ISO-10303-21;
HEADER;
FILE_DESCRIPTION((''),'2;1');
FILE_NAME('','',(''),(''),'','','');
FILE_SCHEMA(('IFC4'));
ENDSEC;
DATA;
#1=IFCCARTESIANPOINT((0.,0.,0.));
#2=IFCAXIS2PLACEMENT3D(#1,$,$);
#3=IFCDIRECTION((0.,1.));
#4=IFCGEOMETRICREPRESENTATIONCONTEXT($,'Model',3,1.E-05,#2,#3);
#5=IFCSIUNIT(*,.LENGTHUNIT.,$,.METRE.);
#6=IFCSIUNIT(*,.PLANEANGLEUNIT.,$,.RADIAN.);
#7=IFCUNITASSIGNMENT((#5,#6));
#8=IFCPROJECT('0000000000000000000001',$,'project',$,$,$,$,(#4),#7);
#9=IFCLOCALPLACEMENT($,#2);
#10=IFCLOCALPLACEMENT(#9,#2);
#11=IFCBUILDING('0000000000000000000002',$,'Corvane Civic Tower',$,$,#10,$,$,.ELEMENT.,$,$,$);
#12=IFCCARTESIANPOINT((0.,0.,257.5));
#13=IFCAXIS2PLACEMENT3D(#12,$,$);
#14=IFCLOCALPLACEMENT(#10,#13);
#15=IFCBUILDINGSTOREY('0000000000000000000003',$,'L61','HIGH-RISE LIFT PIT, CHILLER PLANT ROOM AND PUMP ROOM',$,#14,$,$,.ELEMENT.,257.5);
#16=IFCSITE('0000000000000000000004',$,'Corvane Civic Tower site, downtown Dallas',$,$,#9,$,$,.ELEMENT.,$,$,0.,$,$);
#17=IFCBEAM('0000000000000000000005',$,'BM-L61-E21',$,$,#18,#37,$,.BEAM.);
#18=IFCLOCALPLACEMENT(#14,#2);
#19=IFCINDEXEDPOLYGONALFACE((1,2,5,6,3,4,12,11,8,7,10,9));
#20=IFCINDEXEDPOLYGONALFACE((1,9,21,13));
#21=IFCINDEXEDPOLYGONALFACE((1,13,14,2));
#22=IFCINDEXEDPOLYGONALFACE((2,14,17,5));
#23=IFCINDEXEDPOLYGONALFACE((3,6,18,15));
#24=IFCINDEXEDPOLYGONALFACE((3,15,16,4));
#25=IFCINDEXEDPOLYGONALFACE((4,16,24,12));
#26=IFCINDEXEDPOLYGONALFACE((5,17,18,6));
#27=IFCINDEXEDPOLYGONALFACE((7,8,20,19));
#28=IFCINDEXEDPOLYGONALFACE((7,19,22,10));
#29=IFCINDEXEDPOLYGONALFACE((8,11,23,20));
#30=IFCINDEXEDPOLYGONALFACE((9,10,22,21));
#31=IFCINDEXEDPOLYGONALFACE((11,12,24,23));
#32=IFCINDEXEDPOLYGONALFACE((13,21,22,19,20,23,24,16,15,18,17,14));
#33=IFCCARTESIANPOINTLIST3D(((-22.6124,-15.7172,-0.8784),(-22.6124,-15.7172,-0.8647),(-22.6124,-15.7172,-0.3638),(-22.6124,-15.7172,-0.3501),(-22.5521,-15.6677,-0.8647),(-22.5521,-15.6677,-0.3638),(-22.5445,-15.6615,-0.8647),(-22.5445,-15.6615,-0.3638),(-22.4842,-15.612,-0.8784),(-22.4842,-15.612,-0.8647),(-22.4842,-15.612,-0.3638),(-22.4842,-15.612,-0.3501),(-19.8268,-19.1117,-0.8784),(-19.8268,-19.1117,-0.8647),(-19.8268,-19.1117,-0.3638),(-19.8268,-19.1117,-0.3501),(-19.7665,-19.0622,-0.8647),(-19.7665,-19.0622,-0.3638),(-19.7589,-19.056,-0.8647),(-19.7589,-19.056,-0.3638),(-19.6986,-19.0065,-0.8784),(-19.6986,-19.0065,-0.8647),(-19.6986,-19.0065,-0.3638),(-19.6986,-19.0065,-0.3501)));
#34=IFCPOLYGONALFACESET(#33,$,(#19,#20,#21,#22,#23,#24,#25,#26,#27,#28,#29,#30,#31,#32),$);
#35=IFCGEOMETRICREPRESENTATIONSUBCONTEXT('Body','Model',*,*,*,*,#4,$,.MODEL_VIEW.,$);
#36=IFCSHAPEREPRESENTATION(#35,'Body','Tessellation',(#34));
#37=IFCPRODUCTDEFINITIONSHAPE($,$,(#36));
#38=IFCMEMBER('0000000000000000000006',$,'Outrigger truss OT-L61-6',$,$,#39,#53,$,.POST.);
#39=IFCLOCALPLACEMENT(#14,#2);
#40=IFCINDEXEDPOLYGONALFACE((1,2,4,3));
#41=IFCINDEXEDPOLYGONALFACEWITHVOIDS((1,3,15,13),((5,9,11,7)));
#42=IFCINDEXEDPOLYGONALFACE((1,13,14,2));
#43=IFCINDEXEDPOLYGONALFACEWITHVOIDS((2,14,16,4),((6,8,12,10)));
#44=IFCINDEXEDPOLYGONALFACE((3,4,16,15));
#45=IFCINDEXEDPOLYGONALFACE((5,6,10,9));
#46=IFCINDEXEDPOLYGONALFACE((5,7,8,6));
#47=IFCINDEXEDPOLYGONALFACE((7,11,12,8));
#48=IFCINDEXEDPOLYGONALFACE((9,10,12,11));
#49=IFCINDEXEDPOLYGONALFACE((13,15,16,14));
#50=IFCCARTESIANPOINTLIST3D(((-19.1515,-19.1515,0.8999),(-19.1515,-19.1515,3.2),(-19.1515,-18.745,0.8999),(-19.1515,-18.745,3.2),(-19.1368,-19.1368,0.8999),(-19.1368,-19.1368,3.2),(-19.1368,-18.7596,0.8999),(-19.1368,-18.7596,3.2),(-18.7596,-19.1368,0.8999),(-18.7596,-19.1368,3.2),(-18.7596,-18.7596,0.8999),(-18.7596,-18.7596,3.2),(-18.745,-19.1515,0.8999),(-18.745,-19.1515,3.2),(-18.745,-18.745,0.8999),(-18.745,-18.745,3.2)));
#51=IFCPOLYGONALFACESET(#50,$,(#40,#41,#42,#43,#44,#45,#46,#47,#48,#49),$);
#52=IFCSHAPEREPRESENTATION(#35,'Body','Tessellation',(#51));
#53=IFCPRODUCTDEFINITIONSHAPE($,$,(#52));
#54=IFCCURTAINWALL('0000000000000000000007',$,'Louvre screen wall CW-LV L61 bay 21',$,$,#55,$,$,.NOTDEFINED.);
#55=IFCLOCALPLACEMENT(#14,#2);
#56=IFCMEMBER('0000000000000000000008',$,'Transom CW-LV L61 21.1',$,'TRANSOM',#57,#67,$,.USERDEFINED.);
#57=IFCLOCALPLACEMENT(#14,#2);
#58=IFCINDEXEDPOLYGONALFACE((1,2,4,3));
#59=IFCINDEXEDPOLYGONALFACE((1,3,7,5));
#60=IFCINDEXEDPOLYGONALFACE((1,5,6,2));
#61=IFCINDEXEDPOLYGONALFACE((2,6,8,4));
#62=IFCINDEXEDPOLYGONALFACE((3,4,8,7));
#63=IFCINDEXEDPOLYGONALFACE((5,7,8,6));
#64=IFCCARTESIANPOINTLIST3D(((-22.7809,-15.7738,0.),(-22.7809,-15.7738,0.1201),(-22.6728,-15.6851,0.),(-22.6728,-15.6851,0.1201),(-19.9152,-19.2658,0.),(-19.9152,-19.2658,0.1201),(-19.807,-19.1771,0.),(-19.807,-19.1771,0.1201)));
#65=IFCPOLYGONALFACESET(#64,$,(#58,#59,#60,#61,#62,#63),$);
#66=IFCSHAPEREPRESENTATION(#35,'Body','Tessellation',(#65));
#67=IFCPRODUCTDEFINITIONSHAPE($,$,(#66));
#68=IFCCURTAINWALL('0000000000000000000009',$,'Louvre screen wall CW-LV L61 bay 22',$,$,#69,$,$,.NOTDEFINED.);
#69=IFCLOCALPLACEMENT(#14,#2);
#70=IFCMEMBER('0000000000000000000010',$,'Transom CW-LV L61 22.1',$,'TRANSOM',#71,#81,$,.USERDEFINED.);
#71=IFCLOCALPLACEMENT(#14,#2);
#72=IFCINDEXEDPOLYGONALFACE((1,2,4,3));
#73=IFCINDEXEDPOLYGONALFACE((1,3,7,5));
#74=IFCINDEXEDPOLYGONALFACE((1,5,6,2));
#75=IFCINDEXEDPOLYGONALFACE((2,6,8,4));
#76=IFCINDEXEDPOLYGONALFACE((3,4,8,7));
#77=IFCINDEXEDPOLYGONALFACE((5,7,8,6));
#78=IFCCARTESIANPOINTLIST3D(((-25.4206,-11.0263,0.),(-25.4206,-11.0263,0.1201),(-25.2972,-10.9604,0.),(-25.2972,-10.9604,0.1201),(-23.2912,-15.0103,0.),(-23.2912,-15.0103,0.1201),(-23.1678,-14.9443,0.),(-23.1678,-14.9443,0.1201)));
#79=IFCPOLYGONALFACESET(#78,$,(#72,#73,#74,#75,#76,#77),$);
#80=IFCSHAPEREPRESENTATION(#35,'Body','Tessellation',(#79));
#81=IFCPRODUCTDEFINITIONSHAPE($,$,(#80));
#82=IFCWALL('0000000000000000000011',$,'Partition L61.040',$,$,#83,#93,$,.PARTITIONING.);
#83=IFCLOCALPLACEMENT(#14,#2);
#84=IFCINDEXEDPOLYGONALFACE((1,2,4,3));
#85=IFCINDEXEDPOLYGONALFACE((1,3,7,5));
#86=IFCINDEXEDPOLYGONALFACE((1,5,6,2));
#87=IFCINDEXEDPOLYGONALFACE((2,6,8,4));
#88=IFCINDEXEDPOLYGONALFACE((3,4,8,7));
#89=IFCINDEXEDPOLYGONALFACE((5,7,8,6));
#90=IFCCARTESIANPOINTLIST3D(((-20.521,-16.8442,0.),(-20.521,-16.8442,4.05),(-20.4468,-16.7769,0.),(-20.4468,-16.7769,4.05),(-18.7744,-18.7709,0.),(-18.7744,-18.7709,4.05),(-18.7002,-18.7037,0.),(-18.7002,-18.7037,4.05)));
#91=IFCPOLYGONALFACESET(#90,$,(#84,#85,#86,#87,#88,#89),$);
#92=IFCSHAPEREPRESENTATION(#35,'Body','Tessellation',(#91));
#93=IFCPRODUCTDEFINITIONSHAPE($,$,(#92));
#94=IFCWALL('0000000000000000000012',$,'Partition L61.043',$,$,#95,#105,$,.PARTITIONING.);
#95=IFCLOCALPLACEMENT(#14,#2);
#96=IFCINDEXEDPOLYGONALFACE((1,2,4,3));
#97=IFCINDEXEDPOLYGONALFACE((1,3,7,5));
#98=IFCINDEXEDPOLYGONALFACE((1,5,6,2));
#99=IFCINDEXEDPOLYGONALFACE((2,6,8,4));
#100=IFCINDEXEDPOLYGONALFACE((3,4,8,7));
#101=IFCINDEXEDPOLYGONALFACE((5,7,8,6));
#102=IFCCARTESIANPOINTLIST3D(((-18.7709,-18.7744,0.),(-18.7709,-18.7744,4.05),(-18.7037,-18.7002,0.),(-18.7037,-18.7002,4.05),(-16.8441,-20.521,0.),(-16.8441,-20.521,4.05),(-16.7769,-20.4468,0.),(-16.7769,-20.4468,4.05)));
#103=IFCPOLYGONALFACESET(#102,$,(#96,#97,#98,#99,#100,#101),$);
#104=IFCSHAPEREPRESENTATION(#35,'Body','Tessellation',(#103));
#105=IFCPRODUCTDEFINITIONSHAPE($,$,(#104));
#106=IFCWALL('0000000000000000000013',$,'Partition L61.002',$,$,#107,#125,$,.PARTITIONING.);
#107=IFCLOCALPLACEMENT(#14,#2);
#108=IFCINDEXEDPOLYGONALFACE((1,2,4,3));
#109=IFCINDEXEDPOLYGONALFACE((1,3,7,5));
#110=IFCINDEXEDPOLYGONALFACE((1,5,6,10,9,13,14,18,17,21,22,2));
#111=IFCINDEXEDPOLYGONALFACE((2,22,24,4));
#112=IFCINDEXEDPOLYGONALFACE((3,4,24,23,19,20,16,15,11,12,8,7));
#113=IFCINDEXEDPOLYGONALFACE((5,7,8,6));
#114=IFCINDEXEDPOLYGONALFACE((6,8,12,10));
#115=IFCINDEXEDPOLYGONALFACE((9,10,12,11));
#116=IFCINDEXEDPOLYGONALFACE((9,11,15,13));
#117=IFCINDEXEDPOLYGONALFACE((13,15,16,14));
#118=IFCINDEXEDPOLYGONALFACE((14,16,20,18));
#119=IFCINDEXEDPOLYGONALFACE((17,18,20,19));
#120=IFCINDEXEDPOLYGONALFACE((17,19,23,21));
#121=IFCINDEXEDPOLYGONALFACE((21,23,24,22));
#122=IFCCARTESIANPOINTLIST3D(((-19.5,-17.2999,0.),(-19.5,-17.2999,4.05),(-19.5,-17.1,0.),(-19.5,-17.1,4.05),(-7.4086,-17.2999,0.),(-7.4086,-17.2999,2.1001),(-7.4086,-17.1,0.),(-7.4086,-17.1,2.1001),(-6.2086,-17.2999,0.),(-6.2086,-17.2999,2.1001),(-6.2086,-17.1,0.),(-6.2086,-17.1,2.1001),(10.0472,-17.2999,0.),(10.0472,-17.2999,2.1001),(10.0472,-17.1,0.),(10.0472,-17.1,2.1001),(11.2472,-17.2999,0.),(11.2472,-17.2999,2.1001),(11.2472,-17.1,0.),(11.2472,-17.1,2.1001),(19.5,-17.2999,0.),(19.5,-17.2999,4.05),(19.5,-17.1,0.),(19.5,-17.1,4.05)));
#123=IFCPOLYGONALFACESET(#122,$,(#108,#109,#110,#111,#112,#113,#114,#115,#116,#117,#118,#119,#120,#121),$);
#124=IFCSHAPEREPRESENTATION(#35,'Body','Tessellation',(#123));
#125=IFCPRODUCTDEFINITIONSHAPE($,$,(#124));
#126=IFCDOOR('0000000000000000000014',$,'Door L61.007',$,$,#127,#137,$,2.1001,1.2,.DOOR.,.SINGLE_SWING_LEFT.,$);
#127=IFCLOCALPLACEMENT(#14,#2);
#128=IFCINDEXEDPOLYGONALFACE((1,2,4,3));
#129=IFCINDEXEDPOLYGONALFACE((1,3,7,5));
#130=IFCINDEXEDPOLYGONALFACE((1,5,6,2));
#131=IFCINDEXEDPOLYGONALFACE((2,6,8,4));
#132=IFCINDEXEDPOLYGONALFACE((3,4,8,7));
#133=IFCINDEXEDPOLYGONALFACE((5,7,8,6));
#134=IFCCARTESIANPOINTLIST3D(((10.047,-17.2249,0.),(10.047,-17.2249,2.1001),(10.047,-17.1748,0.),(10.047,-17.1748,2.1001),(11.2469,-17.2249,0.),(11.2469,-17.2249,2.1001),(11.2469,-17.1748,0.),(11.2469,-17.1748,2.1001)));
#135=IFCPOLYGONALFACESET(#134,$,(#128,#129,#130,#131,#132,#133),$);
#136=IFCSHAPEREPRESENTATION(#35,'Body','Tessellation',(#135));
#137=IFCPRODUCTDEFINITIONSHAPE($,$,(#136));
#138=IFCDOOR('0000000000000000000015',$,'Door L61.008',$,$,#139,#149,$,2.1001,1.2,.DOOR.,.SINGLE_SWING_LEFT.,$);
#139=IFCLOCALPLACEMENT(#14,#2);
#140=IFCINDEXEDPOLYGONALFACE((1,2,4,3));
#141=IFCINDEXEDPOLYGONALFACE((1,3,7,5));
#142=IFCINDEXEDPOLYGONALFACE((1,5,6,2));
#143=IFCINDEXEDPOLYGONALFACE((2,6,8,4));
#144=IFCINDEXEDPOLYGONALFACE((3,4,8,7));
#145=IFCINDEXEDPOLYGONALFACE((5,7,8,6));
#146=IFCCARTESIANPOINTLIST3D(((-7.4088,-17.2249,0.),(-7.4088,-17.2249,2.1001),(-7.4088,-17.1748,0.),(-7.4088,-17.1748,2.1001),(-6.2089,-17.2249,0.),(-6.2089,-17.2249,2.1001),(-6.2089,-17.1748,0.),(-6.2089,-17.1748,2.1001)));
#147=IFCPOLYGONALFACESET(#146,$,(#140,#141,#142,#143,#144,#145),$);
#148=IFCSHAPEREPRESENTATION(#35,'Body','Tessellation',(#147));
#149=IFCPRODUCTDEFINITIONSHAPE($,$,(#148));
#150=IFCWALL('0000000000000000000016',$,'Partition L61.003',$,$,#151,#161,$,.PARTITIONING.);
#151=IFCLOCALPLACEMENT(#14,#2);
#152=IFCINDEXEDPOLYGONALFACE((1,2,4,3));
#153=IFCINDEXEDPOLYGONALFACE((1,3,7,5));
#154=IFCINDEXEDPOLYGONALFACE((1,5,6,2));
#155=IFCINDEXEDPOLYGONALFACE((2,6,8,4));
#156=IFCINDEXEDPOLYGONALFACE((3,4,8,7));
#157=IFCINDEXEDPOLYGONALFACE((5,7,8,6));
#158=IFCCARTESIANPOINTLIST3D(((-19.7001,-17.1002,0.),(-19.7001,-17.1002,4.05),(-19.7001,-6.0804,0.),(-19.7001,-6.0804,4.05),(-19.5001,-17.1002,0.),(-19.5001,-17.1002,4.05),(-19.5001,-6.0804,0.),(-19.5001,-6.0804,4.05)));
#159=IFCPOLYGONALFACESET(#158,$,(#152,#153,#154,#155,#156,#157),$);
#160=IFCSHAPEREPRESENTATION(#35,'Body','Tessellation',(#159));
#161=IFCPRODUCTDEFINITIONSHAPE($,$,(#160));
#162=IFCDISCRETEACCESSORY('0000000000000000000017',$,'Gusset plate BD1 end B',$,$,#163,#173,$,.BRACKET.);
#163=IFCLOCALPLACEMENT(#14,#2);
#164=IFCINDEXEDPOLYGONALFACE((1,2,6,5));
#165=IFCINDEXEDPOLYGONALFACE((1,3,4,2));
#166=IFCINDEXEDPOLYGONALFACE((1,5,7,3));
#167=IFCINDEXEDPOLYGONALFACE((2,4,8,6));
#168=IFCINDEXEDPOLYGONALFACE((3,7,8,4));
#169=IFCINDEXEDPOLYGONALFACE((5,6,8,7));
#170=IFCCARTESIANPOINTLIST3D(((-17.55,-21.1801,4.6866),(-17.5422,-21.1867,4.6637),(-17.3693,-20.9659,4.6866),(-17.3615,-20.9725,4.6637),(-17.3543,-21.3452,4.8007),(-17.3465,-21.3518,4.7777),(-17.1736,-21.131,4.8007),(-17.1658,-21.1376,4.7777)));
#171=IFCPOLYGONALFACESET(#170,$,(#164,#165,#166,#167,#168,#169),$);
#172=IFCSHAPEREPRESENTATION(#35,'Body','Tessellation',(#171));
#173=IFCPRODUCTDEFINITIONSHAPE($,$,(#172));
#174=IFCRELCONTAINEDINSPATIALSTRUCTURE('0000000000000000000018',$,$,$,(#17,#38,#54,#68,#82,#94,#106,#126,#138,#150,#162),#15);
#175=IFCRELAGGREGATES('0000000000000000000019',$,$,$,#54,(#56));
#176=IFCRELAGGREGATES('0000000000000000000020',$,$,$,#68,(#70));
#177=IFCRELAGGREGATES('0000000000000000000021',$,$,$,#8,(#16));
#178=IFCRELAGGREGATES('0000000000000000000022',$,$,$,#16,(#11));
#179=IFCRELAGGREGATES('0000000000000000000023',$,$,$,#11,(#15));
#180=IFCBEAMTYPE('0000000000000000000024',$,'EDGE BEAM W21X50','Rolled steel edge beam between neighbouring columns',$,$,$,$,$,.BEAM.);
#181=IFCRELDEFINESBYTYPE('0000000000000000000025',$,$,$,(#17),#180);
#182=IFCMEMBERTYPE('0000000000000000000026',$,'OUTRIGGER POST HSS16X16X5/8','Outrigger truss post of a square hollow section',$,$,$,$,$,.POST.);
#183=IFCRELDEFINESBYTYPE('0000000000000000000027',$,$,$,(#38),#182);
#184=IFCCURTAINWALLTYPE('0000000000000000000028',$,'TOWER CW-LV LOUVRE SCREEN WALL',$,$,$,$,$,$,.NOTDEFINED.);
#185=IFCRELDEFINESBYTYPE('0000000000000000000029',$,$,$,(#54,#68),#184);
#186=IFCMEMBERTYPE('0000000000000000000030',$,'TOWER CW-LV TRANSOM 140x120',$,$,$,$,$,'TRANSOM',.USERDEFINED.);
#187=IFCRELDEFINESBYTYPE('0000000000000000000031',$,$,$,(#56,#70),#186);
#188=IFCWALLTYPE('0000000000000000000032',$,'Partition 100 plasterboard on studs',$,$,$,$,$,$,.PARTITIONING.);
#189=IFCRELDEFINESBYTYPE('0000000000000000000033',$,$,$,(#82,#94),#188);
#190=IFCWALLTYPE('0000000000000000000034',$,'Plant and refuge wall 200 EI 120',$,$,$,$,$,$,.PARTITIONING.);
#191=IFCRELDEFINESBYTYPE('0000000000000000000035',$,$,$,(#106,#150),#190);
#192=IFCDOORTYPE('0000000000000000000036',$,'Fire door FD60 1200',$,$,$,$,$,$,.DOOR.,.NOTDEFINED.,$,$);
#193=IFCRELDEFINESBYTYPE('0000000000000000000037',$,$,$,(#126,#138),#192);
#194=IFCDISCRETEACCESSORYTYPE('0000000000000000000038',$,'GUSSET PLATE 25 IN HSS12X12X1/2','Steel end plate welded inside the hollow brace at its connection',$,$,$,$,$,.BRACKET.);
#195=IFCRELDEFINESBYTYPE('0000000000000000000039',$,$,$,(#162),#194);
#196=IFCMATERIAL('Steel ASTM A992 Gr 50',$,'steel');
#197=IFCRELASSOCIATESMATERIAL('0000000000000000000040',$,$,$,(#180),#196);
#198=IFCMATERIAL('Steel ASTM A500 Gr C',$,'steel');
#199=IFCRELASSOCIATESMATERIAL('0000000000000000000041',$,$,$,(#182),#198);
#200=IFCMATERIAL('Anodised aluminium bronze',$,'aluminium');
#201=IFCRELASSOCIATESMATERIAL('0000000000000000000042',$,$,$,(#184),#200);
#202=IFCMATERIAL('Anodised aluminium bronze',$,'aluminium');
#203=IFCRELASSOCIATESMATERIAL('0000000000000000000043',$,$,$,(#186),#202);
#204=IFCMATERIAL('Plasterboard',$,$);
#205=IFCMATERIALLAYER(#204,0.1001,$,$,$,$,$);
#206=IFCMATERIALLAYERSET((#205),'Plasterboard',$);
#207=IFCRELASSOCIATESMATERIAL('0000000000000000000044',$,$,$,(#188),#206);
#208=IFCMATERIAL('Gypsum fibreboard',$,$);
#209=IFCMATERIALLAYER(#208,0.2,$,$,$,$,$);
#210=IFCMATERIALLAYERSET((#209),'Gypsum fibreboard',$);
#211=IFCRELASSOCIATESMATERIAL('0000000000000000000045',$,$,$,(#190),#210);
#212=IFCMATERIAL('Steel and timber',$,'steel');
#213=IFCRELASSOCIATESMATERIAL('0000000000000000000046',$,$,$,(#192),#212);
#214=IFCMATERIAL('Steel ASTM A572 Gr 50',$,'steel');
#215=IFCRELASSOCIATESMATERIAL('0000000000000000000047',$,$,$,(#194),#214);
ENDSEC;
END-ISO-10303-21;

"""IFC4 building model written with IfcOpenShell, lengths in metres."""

from ifc_helpers import new_model, si_unit, direction, frame, frame_2d, origin, origin_2d, place, context, subcontext, project, spatial, rectangle, hollow_rectangle, i_section, extrude, material, layer, layer_set, material_profile, profile_set, type_object, element, fill, aggregate, save


model = new_model("IFC4")

# Units and contexts
model_context = context("Model", 3, precision=1e-05, world=origin(), true_north=direction((0.0, 1.0)))
body_context = subcontext(model_context, "Body", "Model", "MODEL_VIEW")
ifc_project = project(units=[si_unit("LENGTHUNIT", "METRE"), si_unit("PLANEANGLEUNIT", "RADIAN")], contexts=[model_context])

# Site, building, storey
site_placement = place(None, origin())
site = spatial("IfcSite", under=ifc_project, at=site_placement, Name="Corvane Civic Tower site, downtown Dallas", CompositionType="ELEMENT", RefElevation=0.0)
building_placement = place(site_placement, origin())
building = spatial("IfcBuilding", under=site, at=building_placement, Name="Corvane Civic Tower", CompositionType="ELEMENT")
storey_placement = place(building_placement, frame((0.0, 0.0, 257.5)))
storey = spatial("IfcBuildingStorey", under=building, at=storey_placement, Name="L61", Description="HIGH-RISE LIFT PIT, CHILLER PLANT ROOM AND PUMP ROOM", CompositionType="ELEMENT", Elevation=257.5)

# Beam
ifc_material_1 = material(Name="Steel ASTM A992 Gr 50", Category="steel")
ifc_material_profile_1 = material_profile(ifc_material_1, i_section(OverallWidth=0.1658, OverallDepth=0.5283, WebThickness=0.0098, FlangeThickness=0.0137, at=origin_2d()), Name="W21X50")
ifc_profile_set_1 = profile_set([ifc_material_profile_1], Name="Steel ASTM A992 Gr 50")
beam_type = type_object("IfcBeamType", Name="EDGE BEAM W21X50", Description="Rolled steel edge beam between neighbouring columns", PredefinedType="BEAM", material=ifc_profile_set_1)
beam_placement = place(storey_placement, frame((-19.7627, -19.0591, -0.6143), z_axis=(-0.634369, 0.77303, 0.0), x_axis=(-0.77303, -0.634369, 0.0)))
element("IfcBeam", 1, at=beam_placement, inside=storey, type_object=beam_type, Name="BM-L61-E21", PredefinedType="BEAM", context=body_context, shape_type="SweptSolid", body=[
    extrude(i_section(OverallWidth=0.1658, OverallDepth=0.5283, WebThickness=0.0098, FlangeThickness=0.0137, at=origin_2d()), origin(), (0.0, 0.0, 1.0), 4.3911),
])

# Member
ifc_material_2 = material(Name="Steel ASTM A500 Gr C", Category="steel")
ifc_material_profile_2 = material_profile(ifc_material_2, hollow_rectangle(XDim=0.4065, YDim=0.4065, WallThickness=0.0146, at=origin_2d()), Name="HSS16X16X5/8")
ifc_profile_set_2 = profile_set([ifc_material_profile_2], Name="Steel ASTM A500 Gr C")
member_type_1 = type_object("IfcMemberType", Name="OUTRIGGER POST HSS16X16X5/8", Description="Outrigger truss post of a square hollow section", PredefinedType="POST", material=ifc_profile_set_2)
member_1_placement = place(storey_placement, frame((-18.9482, -18.9482, 0.8999), z_axis=(0.0, 0.0, 1.0), x_axis=(1.0, 0.0, 0.0)))
element("IfcMember", 2, at=member_1_placement, inside=storey, type_object=member_type_1, Name="Outrigger truss OT-L61-6", PredefinedType="POST", context=body_context, shape_type="SweptSolid", body=[
    extrude(hollow_rectangle(XDim=0.4065, YDim=0.4065, WallThickness=0.0146, at=origin_2d()), origin(), (0.0, 0.0, 1.0), 2.3),
])

# Curtain walls, members
ifc_material_3 = material(Name="Anodised aluminium bronze", Category="aluminium")
curtain_wall_type = type_object("IfcCurtainWallType", Name="TOWER CW-LV LOUVRE SCREEN WALL", PredefinedType="NOTDEFINED", material=ifc_material_3)
curtain_wall_1_placement = place(storey_placement, origin())
curtain_wall_1 = element("IfcCurtainWall", 3, at=curtain_wall_1_placement, inside=storey, type_object=curtain_wall_type, Name="Louvre screen wall CW-LV L61 bay 21", PredefinedType="NOTDEFINED")
ifc_material_4 = material(Name="Anodised aluminium bronze", Category="aluminium")
ifc_material_profile_3 = material_profile(ifc_material_4, rectangle(XDim=0.1399, YDim=0.1201, at=origin_2d()), Name="TOWER CW-LV TRANSOM 140x120")
ifc_profile_set_3 = profile_set([ifc_material_profile_3], Name="Anodised aluminium bronze")
member_type_2 = type_object("IfcMemberType", Name="TOWER CW-LV TRANSOM 140x120", ElementType="TRANSOM", PredefinedType="USERDEFINED", material=ifc_profile_set_3)
member_2_placement = place(storey_placement, frame((-19.8611, -19.2214, 0.0601), z_axis=(-0.634388, 0.773015, 0.0), x_axis=(-0.773015, -0.634388, 0.0)))
member_2 = element("IfcMember", 4, at=member_2_placement, type_object=member_type_2, Name="Transom CW-LV L61 21.1", ObjectType="TRANSOM", PredefinedType="USERDEFINED", context=body_context, shape_type="SweptSolid", body=[
    extrude(rectangle(XDim=0.1399, YDim=0.1201, at=origin_2d()), origin(), (0.0, 0.0, 1.0), 4.5173),
])
curtain_wall_2_placement = place(storey_placement, origin())
curtain_wall_2 = element("IfcCurtainWall", 5, at=curtain_wall_2_placement, inside=storey, type_object=curtain_wall_type, Name="Louvre screen wall CW-LV L61 bay 22", PredefinedType="NOTDEFINED")
member_3_placement = place(storey_placement, frame((-23.2295, -14.9773, 0.0601), z_axis=(-0.47139, 0.881925, 0.0), x_axis=(-0.881925, -0.47139, 0.0)))
member_3 = element("IfcMember", 6, at=member_3_placement, type_object=member_type_2, Name="Transom CW-LV L61 22.1", ObjectType="TRANSOM", PredefinedType="USERDEFINED", context=body_context, shape_type="SweptSolid", body=[
    extrude(rectangle(XDim=0.1399, YDim=0.1201, at=origin_2d()), origin(), (0.0, 0.0, 1.0), 4.5173),
])

# Walls
ifc_material_5 = material(Name="Plasterboard")
ifc_layer_1 = layer(ifc_material_5, 0.1001)
ifc_layer_set_1 = layer_set([ifc_layer_1], Name="Plasterboard")
wall_type_1 = type_object("IfcWallType", Name="Partition 100 plasterboard on studs", PredefinedType="PARTITIONING", material=ifc_layer_set_1)
for number, where, z_axis, x_axis, name in (
    (7, (-20.4839, -16.8105, 0.0), (0.0, 0.0, 1.0), (0.671616, -0.740899, 0.0), "Partition L61.040"),
    (8, (-18.7373, -18.7373, 0.0), (0.0, 0.0, 1.0), (0.740899, -0.671616, 0.0), "Partition L61.043"),
):
    element("IfcWall", number, at=place(storey_placement, frame(where, z_axis=z_axis, x_axis=x_axis)), inside=storey, type_object=wall_type_1, Name=name, PredefinedType="PARTITIONING", context=body_context, shape_type="SweptSolid", body=[
        extrude(rectangle(XDim=2.6006, YDim=0.1001, at=frame_2d((1.3003, 0.0))), origin(), (0.0, 0.0, 1.0), 4.05),
    ])

# Wall, openings, doors
ifc_material_6 = material(Name="Gypsum fibreboard")
ifc_layer_2 = layer(ifc_material_6, 0.2)
ifc_layer_set_2 = layer_set([ifc_layer_2], Name="Gypsum fibreboard")
wall_type_2 = type_object("IfcWallType", Name="Plant and refuge wall 200 EI 120", PredefinedType="PARTITIONING", material=ifc_layer_set_2)
wall_1_placement = place(storey_placement, frame((-19.5, -17.2, 0.0), z_axis=(0.0, 0.0, 1.0), x_axis=(1.0, 0.0, 0.0)))
wall_1 = element("IfcWall", 9, at=wall_1_placement, inside=storey, type_object=wall_type_2, Name="Partition L61.002", PredefinedType="PARTITIONING", context=body_context, shape_type="SweptSolid", body=[
    extrude(rectangle(XDim=39.0, YDim=0.2, at=frame_2d((19.5, 0.0))), origin(), (0.0, 0.0, 1.0), 4.05),
])
opening_1_placement = place(wall_1_placement, frame((29.5471, 0.0, 0.0)))
opening_1 = element("IfcOpeningElement", 10, at=opening_1_placement, cuts=wall_1, PredefinedType="OPENING", context=body_context, shape_type="SweptSolid", body=[
    extrude(rectangle(XDim=1.2, YDim=2.1001, at=frame_2d((0.6001, 1.05))), frame((0.0, 0.1099, 0.0), z_axis=(0.0, -1.0, 0.0), x_axis=(1.0, 0.0, 0.0)), (0.0, 0.0, 1.0), 0.22),
])
opening_2_placement = place(wall_1_placement, frame((12.0913, 0.0, 0.0)))
opening_2 = element("IfcOpeningElement", 11, at=opening_2_placement, cuts=wall_1, PredefinedType="OPENING", context=body_context, shape_type="SweptSolid", body=[
    extrude(rectangle(XDim=1.2, YDim=2.1001, at=frame_2d((0.6001, 1.05))), frame((0.0, 0.1099, 0.0), z_axis=(0.0, -1.0, 0.0), x_axis=(1.0, 0.0, 0.0)), (0.0, 0.0, 1.0), 0.22),
])
ifc_material_7 = material(Name="Steel and timber", Category="steel")
door_type = type_object("IfcDoorType", Name="Fire door FD60 1200", OperationType="NOTDEFINED", PredefinedType="DOOR", material=ifc_material_7)
door_1_placement = place(opening_1_placement, frame((1.2, 0.0, 0.0), z_axis=(0.0, 0.0, 1.0), x_axis=(-1.0, 0.0, 0.0)))
door_1 = element("IfcDoor", 12, at=door_1_placement, inside=storey, type_object=door_type, Name="Door L61.007", OperationType="SINGLE_SWING_LEFT", OverallHeight=2.1001, OverallWidth=1.2, PredefinedType="DOOR", context=body_context, shape_type="SweptSolid", body=[
    extrude(rectangle(XDim=1.2, YDim=2.1001, at=frame_2d((0.6001, 1.05))), frame((0.0, 0.0249, 0.0), z_axis=(0.0, -1.0, 0.0), x_axis=(1.0, 0.0, 0.0)), (0.0, 0.0, 1.0), 0.05),
])
fill(opening_1, door_1)
door_2_placement = place(opening_2_placement, frame((1.2, 0.0, 0.0), z_axis=(0.0, 0.0, 1.0), x_axis=(-1.0, 0.0, 0.0)))
door_2 = element("IfcDoor", 13, at=door_2_placement, inside=storey, type_object=door_type, Name="Door L61.008", OperationType="SINGLE_SWING_LEFT", OverallHeight=2.1001, OverallWidth=1.2, PredefinedType="DOOR", context=body_context, shape_type="SweptSolid", body=[
    extrude(rectangle(XDim=1.2, YDim=2.1001, at=frame_2d((0.6001, 1.05))), frame((0.0, 0.0249, 0.0), z_axis=(0.0, -1.0, 0.0), x_axis=(1.0, 0.0, 0.0)), (0.0, 0.0, 1.0), 0.05),
])
fill(opening_2, door_2)

# Wall
wall_2_placement = place(storey_placement, frame((-19.6001, -17.1001, 0.0), z_axis=(0.0, 0.0, 1.0), x_axis=(0.0, 1.0, 0.0)))
element("IfcWall", 14, at=wall_2_placement, inside=storey, type_object=wall_type_2, Name="Partition L61.003", PredefinedType="PARTITIONING", context=body_context, shape_type="SweptSolid", body=[
    extrude(rectangle(XDim=11.0198, YDim=0.2, at=frame_2d((5.5098, 0.0))), origin(), (0.0, 0.0, 1.0), 4.05),
])

aggregate(curtain_wall_1, [member_2])
aggregate(curtain_wall_2, [member_3])

# Discrete accessory
ifc_material_8 = material(Name="Steel ASTM A572 Gr 50", Category="steel")
ifc_material_profile_4 = material_profile(ifc_material_8, rectangle(XDim=0.2803, YDim=0.2803, at=origin_2d()), Name="GUSSET PLATE 25 IN HSS12X12X1/2")
ifc_profile_set_4 = profile_set([ifc_material_profile_4], Name="Steel ASTM A572 Gr 50")
discrete_accessory_type_1 = type_object("IfcDiscreteAccessoryType", Name="GUSSET PLATE 25 IN HSS12X12X1/2", Description="Steel end plate welded inside the hollow brace at its connection", PredefinedType="BRACKET", material=ifc_profile_set_4)
discrete_accessory_1_placement = place(storey_placement, frame((-17.3618, -21.1555, 4.7437), z_axis=(0.310973, -0.262383, -0.913483), x_axis=(0.644871, 0.764291, 0.0)))
element("IfcDiscreteAccessory", 15, at=discrete_accessory_1_placement, inside=storey, type_object=discrete_accessory_type_1, Name="Gusset plate BD1 end B", PredefinedType="BRACKET", context=body_context, shape_type="SweptSolid", body=[
    extrude(rectangle(XDim=0.2803, YDim=0.2803, at=origin_2d()), origin(), (0.0, 0.0, 1.0), 0.0251),
])

save(model, "model.ifc")
